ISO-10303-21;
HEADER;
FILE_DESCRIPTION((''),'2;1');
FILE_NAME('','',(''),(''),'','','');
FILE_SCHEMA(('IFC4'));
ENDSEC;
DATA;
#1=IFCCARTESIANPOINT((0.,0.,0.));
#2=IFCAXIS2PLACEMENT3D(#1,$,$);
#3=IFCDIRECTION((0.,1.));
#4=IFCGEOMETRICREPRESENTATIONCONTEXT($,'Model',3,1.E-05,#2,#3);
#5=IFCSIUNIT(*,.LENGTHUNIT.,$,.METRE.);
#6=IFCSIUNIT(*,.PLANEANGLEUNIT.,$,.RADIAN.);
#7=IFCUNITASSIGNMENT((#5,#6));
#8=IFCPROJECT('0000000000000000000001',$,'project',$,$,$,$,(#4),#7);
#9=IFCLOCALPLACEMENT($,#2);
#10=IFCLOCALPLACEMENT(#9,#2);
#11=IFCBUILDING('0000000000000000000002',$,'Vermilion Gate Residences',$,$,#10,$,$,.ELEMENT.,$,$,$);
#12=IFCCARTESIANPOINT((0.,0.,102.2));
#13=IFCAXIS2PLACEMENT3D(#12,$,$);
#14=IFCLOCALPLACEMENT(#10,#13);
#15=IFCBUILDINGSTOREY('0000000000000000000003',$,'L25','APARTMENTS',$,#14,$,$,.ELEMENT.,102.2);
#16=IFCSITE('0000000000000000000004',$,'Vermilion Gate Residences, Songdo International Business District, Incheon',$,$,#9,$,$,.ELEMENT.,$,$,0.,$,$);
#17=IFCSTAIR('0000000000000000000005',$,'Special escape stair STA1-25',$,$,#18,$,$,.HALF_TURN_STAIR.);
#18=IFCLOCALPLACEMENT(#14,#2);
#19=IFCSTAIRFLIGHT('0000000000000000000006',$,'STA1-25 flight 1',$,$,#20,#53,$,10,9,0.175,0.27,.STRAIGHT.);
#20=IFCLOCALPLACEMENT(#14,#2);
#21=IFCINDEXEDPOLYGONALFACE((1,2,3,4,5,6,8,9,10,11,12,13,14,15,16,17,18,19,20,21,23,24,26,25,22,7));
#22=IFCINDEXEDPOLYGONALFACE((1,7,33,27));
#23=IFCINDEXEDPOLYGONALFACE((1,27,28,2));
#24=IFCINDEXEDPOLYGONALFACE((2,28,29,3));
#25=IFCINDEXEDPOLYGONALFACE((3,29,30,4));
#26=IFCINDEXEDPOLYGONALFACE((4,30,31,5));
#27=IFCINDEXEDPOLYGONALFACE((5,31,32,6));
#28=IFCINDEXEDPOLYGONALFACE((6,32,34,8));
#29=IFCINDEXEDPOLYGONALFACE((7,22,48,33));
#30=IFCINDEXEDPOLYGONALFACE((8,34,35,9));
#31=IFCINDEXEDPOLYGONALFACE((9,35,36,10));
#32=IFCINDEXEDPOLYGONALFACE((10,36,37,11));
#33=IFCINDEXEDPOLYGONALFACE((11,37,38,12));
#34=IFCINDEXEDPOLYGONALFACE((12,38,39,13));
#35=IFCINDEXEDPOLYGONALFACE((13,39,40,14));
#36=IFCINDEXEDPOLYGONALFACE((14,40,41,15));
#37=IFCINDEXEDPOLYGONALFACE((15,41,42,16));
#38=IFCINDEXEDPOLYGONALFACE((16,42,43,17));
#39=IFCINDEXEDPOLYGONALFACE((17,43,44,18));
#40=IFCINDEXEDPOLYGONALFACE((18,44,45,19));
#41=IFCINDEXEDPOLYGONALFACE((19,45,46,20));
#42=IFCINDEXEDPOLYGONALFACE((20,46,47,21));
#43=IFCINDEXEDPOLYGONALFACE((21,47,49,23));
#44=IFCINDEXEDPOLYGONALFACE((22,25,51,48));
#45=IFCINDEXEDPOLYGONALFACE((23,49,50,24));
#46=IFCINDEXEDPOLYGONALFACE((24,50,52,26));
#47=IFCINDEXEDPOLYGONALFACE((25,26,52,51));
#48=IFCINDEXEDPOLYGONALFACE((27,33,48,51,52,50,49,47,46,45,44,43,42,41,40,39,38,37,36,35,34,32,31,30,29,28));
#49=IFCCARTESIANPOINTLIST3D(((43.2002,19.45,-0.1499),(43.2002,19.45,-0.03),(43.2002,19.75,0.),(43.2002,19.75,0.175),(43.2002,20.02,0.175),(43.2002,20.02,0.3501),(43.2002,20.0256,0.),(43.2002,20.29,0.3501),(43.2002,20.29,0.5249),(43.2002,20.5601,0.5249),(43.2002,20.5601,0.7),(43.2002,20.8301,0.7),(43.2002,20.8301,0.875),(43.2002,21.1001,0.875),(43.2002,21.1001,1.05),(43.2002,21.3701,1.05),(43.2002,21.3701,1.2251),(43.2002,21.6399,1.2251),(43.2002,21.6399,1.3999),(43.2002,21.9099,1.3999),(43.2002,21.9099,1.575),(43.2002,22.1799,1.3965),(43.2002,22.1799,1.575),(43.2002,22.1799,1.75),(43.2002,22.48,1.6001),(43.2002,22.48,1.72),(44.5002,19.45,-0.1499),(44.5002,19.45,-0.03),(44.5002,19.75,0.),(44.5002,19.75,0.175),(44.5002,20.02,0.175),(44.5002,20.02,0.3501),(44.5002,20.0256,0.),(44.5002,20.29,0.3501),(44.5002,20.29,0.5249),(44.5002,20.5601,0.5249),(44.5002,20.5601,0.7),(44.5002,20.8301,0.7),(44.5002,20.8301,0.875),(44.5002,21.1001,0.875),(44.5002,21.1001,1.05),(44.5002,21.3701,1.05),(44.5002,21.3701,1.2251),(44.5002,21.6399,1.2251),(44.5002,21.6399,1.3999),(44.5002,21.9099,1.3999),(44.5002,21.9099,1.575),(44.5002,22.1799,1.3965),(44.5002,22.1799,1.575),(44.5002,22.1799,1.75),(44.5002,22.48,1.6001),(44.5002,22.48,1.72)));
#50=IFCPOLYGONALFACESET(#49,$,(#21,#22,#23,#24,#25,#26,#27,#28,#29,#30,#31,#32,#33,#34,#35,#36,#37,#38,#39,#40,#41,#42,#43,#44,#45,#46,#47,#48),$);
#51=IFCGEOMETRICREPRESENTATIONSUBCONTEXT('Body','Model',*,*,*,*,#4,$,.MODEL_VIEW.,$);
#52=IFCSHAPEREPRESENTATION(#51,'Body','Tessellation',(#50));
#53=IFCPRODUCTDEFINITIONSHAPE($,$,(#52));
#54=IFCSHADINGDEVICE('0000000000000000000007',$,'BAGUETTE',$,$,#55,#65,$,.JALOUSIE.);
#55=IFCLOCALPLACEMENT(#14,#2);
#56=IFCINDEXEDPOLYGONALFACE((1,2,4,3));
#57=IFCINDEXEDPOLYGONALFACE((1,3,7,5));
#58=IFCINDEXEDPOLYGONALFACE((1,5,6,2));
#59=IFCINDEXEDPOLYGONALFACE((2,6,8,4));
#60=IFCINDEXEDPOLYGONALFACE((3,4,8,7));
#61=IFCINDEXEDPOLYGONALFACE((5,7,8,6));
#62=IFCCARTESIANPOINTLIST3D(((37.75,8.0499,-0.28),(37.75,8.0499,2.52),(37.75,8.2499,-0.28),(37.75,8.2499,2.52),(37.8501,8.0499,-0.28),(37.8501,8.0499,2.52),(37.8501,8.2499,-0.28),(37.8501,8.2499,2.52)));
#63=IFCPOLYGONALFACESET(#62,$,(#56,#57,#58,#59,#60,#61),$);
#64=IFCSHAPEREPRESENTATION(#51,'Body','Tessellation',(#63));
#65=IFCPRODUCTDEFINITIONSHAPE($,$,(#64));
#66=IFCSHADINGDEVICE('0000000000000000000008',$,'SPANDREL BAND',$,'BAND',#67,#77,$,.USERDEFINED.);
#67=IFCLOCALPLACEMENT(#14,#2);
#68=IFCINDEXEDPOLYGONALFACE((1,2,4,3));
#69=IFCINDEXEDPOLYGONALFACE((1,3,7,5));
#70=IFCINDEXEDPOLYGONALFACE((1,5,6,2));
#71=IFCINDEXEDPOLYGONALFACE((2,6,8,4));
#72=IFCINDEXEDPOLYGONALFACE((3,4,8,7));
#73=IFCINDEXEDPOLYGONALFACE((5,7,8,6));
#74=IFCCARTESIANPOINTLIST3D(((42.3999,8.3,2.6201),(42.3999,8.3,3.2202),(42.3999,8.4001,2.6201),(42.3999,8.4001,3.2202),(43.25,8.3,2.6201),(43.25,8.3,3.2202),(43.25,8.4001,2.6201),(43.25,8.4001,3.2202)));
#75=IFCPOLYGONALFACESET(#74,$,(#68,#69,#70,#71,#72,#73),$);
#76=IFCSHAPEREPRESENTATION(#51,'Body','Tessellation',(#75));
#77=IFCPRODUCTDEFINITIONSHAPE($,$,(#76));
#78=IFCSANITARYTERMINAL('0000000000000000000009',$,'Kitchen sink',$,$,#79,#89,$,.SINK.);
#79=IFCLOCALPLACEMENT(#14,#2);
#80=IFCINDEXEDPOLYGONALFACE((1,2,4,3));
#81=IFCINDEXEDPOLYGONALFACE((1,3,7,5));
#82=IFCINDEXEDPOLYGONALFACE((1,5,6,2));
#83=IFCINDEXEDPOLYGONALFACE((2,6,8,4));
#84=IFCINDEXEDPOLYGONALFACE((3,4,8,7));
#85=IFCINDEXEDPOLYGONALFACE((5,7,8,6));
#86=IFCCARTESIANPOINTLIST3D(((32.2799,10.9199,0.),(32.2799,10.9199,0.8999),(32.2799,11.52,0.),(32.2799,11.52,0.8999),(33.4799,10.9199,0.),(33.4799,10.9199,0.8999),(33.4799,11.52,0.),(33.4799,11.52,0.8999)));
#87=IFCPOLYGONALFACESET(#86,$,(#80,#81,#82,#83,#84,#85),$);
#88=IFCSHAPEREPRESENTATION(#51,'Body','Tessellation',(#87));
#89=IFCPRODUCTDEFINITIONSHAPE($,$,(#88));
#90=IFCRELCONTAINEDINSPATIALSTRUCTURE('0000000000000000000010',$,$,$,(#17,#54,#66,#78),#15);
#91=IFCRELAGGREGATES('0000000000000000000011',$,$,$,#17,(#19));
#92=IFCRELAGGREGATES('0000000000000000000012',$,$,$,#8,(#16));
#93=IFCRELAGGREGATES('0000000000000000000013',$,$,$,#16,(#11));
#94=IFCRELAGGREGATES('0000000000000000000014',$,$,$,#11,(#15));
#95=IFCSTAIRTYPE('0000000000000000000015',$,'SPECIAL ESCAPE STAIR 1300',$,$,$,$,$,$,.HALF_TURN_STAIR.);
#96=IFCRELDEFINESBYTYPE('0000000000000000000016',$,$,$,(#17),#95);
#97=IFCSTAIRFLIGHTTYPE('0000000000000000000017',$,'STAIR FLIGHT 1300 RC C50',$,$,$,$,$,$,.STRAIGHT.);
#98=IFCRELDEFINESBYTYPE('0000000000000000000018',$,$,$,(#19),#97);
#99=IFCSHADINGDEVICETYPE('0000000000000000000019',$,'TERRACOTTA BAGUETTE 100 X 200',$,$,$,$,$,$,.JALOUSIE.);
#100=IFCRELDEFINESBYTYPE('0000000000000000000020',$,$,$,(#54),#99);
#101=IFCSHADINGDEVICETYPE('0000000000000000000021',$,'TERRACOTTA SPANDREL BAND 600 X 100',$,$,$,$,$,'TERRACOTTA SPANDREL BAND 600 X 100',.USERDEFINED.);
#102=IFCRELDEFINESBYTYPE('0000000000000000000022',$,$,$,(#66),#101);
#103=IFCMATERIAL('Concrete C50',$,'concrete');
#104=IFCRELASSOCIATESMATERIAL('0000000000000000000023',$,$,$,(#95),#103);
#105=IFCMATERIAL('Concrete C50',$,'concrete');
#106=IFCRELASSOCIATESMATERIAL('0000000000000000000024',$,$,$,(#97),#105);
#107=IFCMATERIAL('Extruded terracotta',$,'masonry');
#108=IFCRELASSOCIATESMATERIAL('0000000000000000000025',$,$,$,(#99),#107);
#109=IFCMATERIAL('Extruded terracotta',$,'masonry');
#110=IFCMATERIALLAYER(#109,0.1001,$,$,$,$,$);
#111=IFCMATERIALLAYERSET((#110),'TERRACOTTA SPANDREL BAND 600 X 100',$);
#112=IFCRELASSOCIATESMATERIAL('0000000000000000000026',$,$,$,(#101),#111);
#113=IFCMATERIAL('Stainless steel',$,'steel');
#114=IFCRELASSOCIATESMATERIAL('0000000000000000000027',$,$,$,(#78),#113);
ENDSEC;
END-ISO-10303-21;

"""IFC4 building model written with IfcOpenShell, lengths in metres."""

from ifc_helpers import new_model, si_unit, direction, frame, origin, origin_2d, place, context, subcontext, project, spatial, polyline, rectangle, outline, extrude, material, layer, layer_set, material_profile, profile_set, type_object, element, aggregate, save


model = new_model("IFC4")

# Units and contexts
model_context = context("Model", 3, precision=1e-05, world=origin(), true_north=direction((0.0, 1.0)))
body_context = subcontext(model_context, "Body", "Model", "MODEL_VIEW")
ifc_project = project(units=[si_unit("LENGTHUNIT", "METRE"), si_unit("PLANEANGLEUNIT", "RADIAN")], contexts=[model_context])

# Site, building, storey
site_placement = place(None, origin())
site = spatial("IfcSite", under=ifc_project, at=site_placement, Name="Vermilion Gate Residences, Songdo International Business District, Incheon", CompositionType="ELEMENT", RefElevation=0.0)
building_placement = place(site_placement, origin())
building = spatial("IfcBuilding", under=site, at=building_placement, Name="Vermilion Gate Residences", CompositionType="ELEMENT")
storey_placement = place(building_placement, frame((0.0, 0.0, 102.2)))
storey = spatial("IfcBuildingStorey", under=building, at=storey_placement, Name="L25", Description="APARTMENTS", CompositionType="ELEMENT", Elevation=102.2)

# Stair, stair flight
ifc_material_1 = material(Name="Concrete C50", Category="concrete")
stair_type = type_object("IfcStairType", Name="SPECIAL ESCAPE STAIR 1300", PredefinedType="HALF_TURN_STAIR", material=ifc_material_1)
stair_placement = place(storey_placement, origin())
stair = element("IfcStair", 1, at=stair_placement, inside=storey, type_object=stair_type, Name="Special escape stair STA1-25", PredefinedType="HALF_TURN_STAIR")
ifc_material_2 = material(Name="Concrete C50", Category="concrete")
stair_flight_type = type_object("IfcStairFlightType", Name="STAIR FLIGHT 1300 RC C50", PredefinedType="STRAIGHT", material=ifc_material_2)
stair_flight_placement = place(storey_placement, frame((43.8501, 19.75, 0.0), z_axis=(0.0, 0.0, 1.0), x_axis=(0.0, 1.0, 0.0)))
stair_flight = element("IfcStairFlight", 2, at=stair_flight_placement, type_object=stair_flight_type, Name="STA1-25 flight 1", NumberOfRisers=10, NumberOfTreads=9, PredefinedType="STRAIGHT", RiserHeight=0.175, TreadLength=0.27, context=body_context, shape_type="SweptSolid", body=[
    extrude(outline(polyline([(-0.3, -0.1499), (-0.3, -0.03), (0.0, 0.0), (0.0, 0.175), (0.27, 0.175), (0.27, 0.3501), (0.54, 0.3501), (0.54, 0.5249), (0.8101, 0.5249), (0.8101, 0.7), (1.0801, 0.7), (1.0801, 0.875), (1.3501, 0.875), (1.3501, 1.05), (1.6201, 1.05), (1.6201, 1.2251), (1.8899, 1.2251), (1.8899, 1.3999), (2.1599, 1.3999), (2.1599, 1.575), (2.4299, 1.575), (2.4299, 1.75), (2.73, 1.72), (2.73, 1.6001), (2.4299, 1.3965), (0.2756, 0.0), (-0.3, -0.1499)])), frame((0.0, 0.6499, 0.0), z_axis=(0.0, -1.0, 0.0), x_axis=(1.0, 0.0, 0.0)), (0.0, 0.0, 1.0), 1.3),
])
aggregate(stair, [stair_flight])

# Shading devices
ifc_material_3 = material(Name="Extruded terracotta", Category="masonry")
ifc_material_profile_1 = material_profile(ifc_material_3, rectangle(XDim=0.2, YDim=0.1001, at=origin_2d()), Name="BAGUETTE 100 X 200")
ifc_profile_set_1 = profile_set([ifc_material_profile_1], Name="Extruded terracotta")
shading_device_type_1 = type_object("IfcShadingDeviceType", Name="TERRACOTTA BAGUETTE 100 X 200", PredefinedType="JALOUSIE", material=ifc_profile_set_1)
shading_device_1_placement = place(storey_placement, frame((37.8, 8.1499, -0.28), z_axis=(0.0, 0.0, 1.0), x_axis=(0.0, 1.0, 0.0)))
element("IfcShadingDevice", 3, at=shading_device_1_placement, inside=storey, type_object=shading_device_type_1, Name="BAGUETTE", PredefinedType="JALOUSIE", context=body_context, shape_type="SweptSolid", body=[
    extrude(rectangle(XDim=0.2, YDim=0.1001, at=origin_2d()), origin(), (0.0, 0.0, 1.0), 2.8),
])
ifc_material_4 = material(Name="Extruded terracotta", Category="masonry")
ifc_layer_1 = layer(ifc_material_4, 0.1001)
ifc_layer_set_1 = layer_set([ifc_layer_1], Name="TERRACOTTA SPANDREL BAND 600 X 100")
shading_device_type_2 = type_object("IfcShadingDeviceType", Name="TERRACOTTA SPANDREL BAND 600 X 100", ElementType="TERRACOTTA SPANDREL BAND 600 X 100", PredefinedType="USERDEFINED", material=ifc_layer_set_1)
shading_device_2_placement = place(storey_placement, frame((42.825, 8.3501, 2.6201), z_axis=(0.0, 0.0, 1.0), x_axis=(1.0, 0.0, 0.0)))
element("IfcShadingDevice", 4, at=shading_device_2_placement, inside=storey, type_object=shading_device_type_2, Name="SPANDREL BAND", ObjectType="BAND", PredefinedType="USERDEFINED", context=body_context, shape_type="SweptSolid", body=[
    extrude(rectangle(XDim=0.8501, YDim=0.1001, at=origin_2d()), origin(), (0.0, 0.0, 1.0), 0.6001),
])

# Sanitary terminal
ifc_material_5 = material(Name="Stainless steel", Category="steel")
sanitary_terminal_placement = place(storey_placement, frame((32.8799, 11.22, 0.0), z_axis=(0.0, 0.0, 1.0), x_axis=(1.0, 0.0, 0.0)))
element("IfcSanitaryTerminal", 5, at=sanitary_terminal_placement, inside=storey, material=ifc_material_5, Name="Kitchen sink", PredefinedType="SINK", context=body_context, shape_type="SweptSolid", body=[
    extrude(rectangle(XDim=1.2, YDim=0.6001, at=origin_2d()), origin(), (0.0, 0.0, 1.0), 0.8999),
])

save(model, "model.ifc")
